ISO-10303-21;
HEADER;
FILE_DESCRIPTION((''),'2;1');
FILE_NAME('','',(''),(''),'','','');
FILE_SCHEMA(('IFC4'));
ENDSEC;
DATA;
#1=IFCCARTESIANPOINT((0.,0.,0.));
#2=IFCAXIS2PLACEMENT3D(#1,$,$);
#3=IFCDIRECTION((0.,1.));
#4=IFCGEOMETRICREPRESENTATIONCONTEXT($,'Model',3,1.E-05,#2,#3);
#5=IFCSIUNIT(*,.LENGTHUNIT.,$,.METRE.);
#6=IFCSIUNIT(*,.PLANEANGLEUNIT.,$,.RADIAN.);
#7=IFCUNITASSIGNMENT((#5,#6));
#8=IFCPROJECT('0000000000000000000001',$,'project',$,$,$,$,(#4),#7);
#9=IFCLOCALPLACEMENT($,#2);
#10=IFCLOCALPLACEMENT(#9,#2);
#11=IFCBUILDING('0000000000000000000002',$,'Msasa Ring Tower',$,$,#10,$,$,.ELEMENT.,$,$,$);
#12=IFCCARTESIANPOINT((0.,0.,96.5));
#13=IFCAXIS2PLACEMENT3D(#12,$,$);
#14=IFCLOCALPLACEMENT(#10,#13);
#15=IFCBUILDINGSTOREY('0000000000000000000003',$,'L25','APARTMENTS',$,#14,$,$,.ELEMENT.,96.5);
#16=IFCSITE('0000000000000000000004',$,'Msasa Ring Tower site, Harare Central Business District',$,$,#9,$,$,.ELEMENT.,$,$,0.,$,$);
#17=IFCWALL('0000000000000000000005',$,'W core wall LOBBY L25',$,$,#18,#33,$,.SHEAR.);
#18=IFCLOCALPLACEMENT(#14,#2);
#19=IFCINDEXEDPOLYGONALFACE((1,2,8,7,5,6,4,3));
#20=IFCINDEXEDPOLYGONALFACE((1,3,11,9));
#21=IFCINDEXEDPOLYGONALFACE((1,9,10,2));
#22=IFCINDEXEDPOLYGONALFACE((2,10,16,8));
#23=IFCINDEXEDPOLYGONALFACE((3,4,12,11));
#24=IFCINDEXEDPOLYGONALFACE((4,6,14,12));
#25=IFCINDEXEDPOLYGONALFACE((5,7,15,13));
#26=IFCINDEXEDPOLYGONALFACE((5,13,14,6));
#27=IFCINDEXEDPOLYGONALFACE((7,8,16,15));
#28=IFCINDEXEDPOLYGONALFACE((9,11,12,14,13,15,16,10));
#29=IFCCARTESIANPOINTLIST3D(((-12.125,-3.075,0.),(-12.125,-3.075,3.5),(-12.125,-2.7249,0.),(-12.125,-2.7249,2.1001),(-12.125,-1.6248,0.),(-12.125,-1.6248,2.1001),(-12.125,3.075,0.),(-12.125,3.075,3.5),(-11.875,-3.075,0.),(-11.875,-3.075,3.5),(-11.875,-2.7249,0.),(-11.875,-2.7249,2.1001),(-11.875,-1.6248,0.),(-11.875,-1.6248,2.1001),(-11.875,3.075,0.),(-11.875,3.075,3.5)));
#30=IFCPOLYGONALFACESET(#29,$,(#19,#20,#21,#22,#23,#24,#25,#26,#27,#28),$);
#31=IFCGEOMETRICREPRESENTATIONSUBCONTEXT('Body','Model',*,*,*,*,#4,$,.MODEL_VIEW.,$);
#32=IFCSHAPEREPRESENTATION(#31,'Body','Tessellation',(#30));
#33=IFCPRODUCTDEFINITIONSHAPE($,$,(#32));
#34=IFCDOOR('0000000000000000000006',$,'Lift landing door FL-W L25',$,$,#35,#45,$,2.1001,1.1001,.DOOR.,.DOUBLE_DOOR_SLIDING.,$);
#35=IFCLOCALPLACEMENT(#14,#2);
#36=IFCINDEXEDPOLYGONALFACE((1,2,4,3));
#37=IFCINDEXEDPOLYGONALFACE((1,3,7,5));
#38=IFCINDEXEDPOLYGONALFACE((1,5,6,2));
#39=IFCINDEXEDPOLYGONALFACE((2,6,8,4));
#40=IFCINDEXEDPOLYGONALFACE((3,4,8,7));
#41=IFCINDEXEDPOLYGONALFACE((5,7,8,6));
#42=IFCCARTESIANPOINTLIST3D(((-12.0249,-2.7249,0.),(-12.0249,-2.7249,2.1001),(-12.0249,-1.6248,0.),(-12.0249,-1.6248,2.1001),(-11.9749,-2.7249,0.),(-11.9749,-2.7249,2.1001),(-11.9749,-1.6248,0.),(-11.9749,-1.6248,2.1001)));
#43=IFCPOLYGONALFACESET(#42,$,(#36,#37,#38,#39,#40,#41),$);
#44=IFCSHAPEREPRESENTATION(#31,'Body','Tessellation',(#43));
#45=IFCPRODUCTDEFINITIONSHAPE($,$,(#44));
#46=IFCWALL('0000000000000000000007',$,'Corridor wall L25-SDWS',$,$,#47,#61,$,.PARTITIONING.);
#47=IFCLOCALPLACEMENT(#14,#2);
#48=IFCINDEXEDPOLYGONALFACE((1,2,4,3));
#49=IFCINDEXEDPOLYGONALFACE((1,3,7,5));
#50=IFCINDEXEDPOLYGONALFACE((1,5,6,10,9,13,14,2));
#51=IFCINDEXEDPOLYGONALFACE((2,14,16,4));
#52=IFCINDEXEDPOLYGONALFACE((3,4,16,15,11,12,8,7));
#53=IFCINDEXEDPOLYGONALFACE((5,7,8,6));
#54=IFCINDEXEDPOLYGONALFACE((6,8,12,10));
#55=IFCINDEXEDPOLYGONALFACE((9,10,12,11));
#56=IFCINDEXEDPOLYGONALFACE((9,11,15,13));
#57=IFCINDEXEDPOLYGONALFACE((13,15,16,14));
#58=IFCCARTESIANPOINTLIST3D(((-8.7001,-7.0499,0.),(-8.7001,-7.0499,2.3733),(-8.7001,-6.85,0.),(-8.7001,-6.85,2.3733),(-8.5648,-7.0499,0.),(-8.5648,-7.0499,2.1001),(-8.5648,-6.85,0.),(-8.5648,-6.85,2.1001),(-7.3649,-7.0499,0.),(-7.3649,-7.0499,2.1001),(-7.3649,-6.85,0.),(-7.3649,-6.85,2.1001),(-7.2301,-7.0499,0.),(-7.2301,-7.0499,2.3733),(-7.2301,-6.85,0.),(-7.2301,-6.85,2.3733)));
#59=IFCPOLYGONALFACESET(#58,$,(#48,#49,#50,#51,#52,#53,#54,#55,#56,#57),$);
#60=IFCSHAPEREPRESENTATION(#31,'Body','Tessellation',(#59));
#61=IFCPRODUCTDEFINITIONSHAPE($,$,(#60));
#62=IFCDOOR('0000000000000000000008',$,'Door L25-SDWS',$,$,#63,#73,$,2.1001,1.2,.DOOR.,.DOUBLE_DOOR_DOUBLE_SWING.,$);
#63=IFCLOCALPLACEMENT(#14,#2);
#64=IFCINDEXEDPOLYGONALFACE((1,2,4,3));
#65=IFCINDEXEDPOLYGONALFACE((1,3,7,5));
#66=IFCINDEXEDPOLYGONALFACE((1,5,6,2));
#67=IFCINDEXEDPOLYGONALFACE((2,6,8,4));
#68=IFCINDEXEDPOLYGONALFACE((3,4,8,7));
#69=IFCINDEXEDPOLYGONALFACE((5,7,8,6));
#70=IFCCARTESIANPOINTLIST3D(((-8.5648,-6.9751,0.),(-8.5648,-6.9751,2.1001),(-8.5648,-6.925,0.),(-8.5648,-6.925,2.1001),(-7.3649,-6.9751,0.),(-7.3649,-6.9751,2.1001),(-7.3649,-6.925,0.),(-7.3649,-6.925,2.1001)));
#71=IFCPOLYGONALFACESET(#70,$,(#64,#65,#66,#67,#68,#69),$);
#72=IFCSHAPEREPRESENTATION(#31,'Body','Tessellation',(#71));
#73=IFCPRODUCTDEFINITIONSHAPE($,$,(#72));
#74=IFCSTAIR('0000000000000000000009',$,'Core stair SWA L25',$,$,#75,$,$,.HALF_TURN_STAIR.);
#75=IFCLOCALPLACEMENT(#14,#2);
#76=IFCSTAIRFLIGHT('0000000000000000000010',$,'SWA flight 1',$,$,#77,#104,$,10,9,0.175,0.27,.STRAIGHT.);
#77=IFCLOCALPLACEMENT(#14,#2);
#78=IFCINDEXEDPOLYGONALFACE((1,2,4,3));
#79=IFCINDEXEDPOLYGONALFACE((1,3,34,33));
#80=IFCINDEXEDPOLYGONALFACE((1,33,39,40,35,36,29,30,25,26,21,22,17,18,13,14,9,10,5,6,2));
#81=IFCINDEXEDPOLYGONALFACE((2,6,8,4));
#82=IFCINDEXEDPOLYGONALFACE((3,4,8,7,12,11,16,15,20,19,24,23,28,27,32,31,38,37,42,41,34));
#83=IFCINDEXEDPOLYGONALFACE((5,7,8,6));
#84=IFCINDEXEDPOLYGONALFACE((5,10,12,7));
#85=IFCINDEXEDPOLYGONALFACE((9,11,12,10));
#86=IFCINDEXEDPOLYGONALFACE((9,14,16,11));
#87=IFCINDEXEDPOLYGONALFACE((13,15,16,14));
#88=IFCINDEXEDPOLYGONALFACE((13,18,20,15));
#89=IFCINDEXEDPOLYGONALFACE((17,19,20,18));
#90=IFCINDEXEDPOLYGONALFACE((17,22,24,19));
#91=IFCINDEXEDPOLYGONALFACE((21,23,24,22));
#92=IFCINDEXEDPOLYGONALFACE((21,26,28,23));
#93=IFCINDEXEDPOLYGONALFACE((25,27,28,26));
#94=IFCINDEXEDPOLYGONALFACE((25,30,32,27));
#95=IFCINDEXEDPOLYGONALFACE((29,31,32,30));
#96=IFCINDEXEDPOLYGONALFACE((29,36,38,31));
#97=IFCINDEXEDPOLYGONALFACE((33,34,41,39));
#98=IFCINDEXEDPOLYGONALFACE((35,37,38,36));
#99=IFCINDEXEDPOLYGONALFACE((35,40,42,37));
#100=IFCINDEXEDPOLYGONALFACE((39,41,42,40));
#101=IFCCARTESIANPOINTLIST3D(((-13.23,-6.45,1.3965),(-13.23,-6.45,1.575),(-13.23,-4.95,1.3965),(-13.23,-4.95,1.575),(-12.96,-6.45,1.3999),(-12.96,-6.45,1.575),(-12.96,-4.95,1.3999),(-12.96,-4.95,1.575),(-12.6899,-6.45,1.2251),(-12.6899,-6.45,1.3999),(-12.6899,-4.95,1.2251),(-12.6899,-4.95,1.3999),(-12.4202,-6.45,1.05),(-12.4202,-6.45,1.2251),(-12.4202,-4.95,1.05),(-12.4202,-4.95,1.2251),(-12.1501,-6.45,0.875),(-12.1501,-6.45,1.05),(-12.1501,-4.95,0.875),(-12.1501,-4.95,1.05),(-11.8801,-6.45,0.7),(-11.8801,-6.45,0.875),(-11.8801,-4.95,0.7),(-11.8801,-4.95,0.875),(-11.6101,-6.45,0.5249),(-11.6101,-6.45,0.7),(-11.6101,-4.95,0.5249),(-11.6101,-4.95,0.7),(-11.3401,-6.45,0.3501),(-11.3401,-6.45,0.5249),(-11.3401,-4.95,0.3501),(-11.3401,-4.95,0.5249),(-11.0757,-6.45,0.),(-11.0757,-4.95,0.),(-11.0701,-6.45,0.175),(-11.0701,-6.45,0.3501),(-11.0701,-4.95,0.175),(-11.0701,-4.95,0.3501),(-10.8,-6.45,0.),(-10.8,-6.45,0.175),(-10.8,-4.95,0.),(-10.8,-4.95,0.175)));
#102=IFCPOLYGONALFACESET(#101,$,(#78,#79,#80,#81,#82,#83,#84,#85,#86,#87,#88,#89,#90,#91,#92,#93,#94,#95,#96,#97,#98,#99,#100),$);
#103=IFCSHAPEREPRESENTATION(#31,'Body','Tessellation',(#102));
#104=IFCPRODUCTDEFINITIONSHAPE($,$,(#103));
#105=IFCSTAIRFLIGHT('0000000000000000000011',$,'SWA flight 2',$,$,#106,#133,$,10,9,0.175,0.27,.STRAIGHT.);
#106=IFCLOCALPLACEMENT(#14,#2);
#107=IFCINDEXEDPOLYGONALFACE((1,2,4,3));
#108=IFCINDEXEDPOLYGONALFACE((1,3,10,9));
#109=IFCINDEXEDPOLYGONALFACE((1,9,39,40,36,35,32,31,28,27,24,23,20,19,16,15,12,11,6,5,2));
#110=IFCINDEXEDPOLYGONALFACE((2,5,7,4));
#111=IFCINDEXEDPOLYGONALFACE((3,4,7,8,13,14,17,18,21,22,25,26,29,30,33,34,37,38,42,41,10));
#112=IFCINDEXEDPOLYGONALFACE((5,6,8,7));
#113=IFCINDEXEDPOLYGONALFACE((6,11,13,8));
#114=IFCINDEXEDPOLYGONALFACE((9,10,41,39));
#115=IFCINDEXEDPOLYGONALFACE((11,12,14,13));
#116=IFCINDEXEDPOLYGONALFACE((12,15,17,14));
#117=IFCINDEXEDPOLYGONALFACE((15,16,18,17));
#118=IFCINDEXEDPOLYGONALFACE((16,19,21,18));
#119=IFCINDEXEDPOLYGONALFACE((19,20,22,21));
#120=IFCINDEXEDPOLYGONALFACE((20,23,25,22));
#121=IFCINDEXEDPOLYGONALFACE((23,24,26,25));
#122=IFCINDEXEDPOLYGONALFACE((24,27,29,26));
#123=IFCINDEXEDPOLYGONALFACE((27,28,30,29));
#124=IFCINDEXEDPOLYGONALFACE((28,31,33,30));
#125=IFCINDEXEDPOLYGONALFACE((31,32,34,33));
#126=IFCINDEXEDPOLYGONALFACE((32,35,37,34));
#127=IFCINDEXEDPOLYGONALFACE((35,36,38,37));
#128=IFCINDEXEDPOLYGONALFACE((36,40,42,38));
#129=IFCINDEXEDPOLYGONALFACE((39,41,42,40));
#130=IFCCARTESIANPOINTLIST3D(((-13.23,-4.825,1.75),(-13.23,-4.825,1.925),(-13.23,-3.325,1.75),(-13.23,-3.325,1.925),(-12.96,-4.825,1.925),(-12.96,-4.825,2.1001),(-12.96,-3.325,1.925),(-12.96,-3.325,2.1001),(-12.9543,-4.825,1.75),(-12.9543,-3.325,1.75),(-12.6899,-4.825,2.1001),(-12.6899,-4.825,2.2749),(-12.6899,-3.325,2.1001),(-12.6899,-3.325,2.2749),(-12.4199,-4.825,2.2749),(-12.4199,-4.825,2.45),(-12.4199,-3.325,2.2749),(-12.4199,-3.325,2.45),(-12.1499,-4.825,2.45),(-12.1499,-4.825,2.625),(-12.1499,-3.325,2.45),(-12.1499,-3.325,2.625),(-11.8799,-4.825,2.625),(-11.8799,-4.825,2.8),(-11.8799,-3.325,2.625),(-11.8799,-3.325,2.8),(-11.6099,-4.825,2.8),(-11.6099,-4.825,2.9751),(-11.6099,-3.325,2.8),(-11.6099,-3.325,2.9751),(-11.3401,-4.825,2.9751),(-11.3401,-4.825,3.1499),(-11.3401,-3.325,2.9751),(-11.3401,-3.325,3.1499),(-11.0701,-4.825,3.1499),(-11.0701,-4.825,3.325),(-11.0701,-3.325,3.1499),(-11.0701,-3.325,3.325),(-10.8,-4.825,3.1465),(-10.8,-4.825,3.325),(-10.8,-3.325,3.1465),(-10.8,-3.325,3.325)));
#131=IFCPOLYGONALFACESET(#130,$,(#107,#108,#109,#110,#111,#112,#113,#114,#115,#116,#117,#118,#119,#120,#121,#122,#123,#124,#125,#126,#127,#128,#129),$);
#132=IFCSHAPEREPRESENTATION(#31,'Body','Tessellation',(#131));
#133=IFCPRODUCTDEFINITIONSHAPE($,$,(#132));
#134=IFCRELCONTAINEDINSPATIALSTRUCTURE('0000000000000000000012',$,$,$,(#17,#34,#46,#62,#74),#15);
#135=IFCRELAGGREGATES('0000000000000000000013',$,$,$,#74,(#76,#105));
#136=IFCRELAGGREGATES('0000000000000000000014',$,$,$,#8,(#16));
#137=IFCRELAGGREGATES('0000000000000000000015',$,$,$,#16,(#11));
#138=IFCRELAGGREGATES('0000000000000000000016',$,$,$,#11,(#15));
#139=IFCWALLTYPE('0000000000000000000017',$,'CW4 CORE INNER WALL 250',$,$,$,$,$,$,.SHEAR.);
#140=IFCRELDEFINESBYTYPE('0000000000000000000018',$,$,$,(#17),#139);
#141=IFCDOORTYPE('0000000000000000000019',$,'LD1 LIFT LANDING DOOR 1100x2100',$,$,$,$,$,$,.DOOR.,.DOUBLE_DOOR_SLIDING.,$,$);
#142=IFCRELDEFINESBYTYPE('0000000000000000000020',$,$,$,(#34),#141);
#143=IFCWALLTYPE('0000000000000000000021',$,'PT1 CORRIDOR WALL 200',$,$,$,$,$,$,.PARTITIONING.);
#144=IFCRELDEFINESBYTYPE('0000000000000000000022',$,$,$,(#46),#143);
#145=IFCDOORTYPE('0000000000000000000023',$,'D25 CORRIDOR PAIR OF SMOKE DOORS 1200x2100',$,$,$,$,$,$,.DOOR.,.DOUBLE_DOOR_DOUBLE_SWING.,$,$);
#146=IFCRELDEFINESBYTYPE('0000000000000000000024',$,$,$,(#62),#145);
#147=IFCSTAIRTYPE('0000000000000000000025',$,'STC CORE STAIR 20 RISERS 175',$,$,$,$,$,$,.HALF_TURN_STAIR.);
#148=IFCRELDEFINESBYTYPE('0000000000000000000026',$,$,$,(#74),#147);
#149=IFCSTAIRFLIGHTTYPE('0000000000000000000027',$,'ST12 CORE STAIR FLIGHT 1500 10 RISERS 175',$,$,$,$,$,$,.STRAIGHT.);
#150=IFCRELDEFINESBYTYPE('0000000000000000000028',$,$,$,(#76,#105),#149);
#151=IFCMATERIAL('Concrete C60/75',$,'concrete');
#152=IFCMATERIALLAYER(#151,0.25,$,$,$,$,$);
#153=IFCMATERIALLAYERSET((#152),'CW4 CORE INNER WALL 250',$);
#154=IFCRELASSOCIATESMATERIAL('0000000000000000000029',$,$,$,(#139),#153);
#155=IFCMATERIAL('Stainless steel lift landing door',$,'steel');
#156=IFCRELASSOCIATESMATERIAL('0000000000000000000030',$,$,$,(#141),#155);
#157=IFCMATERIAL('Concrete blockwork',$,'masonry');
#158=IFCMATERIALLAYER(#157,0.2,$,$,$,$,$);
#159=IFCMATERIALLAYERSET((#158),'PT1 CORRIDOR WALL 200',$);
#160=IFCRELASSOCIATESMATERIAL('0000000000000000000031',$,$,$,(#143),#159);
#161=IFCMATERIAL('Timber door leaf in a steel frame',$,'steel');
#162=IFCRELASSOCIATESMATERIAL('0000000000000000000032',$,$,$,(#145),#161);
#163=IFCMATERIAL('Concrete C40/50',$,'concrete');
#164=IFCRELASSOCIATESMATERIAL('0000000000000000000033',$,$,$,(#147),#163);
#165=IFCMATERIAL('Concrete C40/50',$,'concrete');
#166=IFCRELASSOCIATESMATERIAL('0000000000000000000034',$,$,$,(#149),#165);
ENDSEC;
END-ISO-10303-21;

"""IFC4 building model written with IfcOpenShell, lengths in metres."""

from ifc_helpers import new_model, si_unit, direction, frame, frame_2d, origin, place, context, subcontext, project, spatial, polyline, rectangle, outline, extrude, material, layer, layer_set, type_object, element, fill, aggregate, save


model = new_model("IFC4")

# Units and contexts
model_context = context("Model", 3, precision=1e-05, world=origin(), true_north=direction((0.0, 1.0)))
body_context = subcontext(model_context, "Body", "Model", "MODEL_VIEW")
ifc_project = project(units=[si_unit("LENGTHUNIT", "METRE"), si_unit("PLANEANGLEUNIT", "RADIAN")], contexts=[model_context])

# Site, building, storey
site_placement = place(None, origin())
site = spatial("IfcSite", under=ifc_project, at=site_placement, Name="Msasa Ring Tower site, Harare Central Business District", CompositionType="ELEMENT", RefElevation=0.0)
building_placement = place(site_placement, origin())
building = spatial("IfcBuilding", under=site, at=building_placement, Name="Msasa Ring Tower", CompositionType="ELEMENT")
storey_placement = place(building_placement, frame((0.0, 0.0, 96.5)))
storey = spatial("IfcBuildingStorey", under=building, at=storey_placement, Name="L25", Description="APARTMENTS", CompositionType="ELEMENT", Elevation=96.5)

# Walls, openings, doors
ifc_material_1 = material(Name="Concrete C60/75", Category="concrete")
ifc_layer_1 = layer(ifc_material_1, 0.25)
ifc_layer_set_1 = layer_set([ifc_layer_1], Name="CW4 CORE INNER WALL 250")
wall_type_1 = type_object("IfcWallType", Name="CW4 CORE INNER WALL 250", PredefinedType="SHEAR", material=ifc_layer_set_1)
wall_1_placement = place(storey_placement, frame((-12.0, -3.075, 0.0), z_axis=(0.0, 0.0, 1.0), x_axis=(0.0, 1.0, 0.0)))
wall_1 = element("IfcWall", 1, at=wall_1_placement, inside=storey, type_object=wall_type_1, Name="W core wall LOBBY L25", PredefinedType="SHEAR", context=body_context, shape_type="SweptSolid", body=[
    extrude(rectangle(XDim=6.1499, YDim=0.25, at=frame_2d((3.075, 0.0))), origin(), (0.0, 0.0, 1.0), 3.5),
])
opening_1_placement = place(wall_1_placement, frame((0.3501, 0.0, 0.0)))
opening_1 = element("IfcOpeningElement", 2, at=opening_1_placement, cuts=wall_1, PredefinedType="OPENING", context=body_context, shape_type="SweptSolid", body=[
    extrude(rectangle(XDim=1.1001, YDim=2.1001, at=frame_2d((0.55, 1.05))), frame((0.0, 0.135, 0.0), z_axis=(0.0, -1.0, 0.0), x_axis=(1.0, 0.0, 0.0)), (0.0, 0.0, 1.0), 0.27),
])
ifc_material_2 = material(Name="Stainless steel lift landing door", Category="steel")
door_type_1 = type_object("IfcDoorType", Name="LD1 LIFT LANDING DOOR 1100x2100", OperationType="DOUBLE_DOOR_SLIDING", PredefinedType="DOOR", material=ifc_material_2)
door_1_placement = place(opening_1_placement, origin())
door_1 = element("IfcDoor", 3, at=door_1_placement, inside=storey, type_object=door_type_1, Name="Lift landing door FL-W L25", OperationType="DOUBLE_DOOR_SLIDING", OverallHeight=2.1001, OverallWidth=1.1001, PredefinedType="DOOR", context=body_context, shape_type="SweptSolid", body=[
    extrude(rectangle(XDim=1.1001, YDim=2.1001, at=frame_2d((0.55, 1.05))), frame((0.0, 0.0249, 0.0), z_axis=(0.0, -1.0, 0.0), x_axis=(1.0, 0.0, 0.0)), (0.0, 0.0, 1.0), 0.05),
])
fill(opening_1, door_1)
ifc_material_3 = material(Name="Concrete blockwork", Category="masonry")
ifc_layer_2 = layer(ifc_material_3, 0.2)
ifc_layer_set_2 = layer_set([ifc_layer_2], Name="PT1 CORRIDOR WALL 200")
wall_type_2 = type_object("IfcWallType", Name="PT1 CORRIDOR WALL 200", PredefinedType="PARTITIONING", material=ifc_layer_set_2)
wall_2_placement = place(storey_placement, frame((-8.7, -6.95, 0.0), z_axis=(0.0, 0.0, 1.0), x_axis=(1.0, 0.0, 0.0)))
wall_2 = element("IfcWall", 4, at=wall_2_placement, inside=storey, type_object=wall_type_2, Name="Corridor wall L25-SDWS", PredefinedType="PARTITIONING", context=body_context, shape_type="SweptSolid", body=[
    extrude(rectangle(XDim=1.47, YDim=0.2, at=frame_2d((0.7349, 0.0))), origin(), (0.0, 0.0, 1.0), 2.3733),
])
opening_2_placement = place(wall_2_placement, frame((0.135, 0.0, 0.0)))
opening_2 = element("IfcOpeningElement", 5, at=opening_2_placement, cuts=wall_2, PredefinedType="OPENING", context=body_context, shape_type="SweptSolid", body=[
    extrude(rectangle(XDim=1.2, YDim=2.1001, at=frame_2d((0.6001, 1.05))), frame((0.0, 0.1099, 0.0), z_axis=(0.0, -1.0, 0.0), x_axis=(1.0, 0.0, 0.0)), (0.0, 0.0, 1.0), 0.22),
])
ifc_material_4 = material(Name="Timber door leaf in a steel frame", Category="steel")
door_type_2 = type_object("IfcDoorType", Name="D25 CORRIDOR PAIR OF SMOKE DOORS 1200x2100", OperationType="DOUBLE_DOOR_DOUBLE_SWING", PredefinedType="DOOR", material=ifc_material_4)
door_2_placement = place(opening_2_placement, origin())
door_2 = element("IfcDoor", 6, at=door_2_placement, inside=storey, type_object=door_type_2, Name="Door L25-SDWS", OperationType="DOUBLE_DOOR_DOUBLE_SWING", OverallHeight=2.1001, OverallWidth=1.2, PredefinedType="DOOR", context=body_context, shape_type="SweptSolid", body=[
    extrude(rectangle(XDim=1.2, YDim=2.1001, at=frame_2d((0.6001, 1.05))), frame((0.0, 0.0249, 0.0), z_axis=(0.0, -1.0, 0.0), x_axis=(1.0, 0.0, 0.0)), (0.0, 0.0, 1.0), 0.05),
])
fill(opening_2, door_2)

# Stair, stair flights
ifc_material_5 = material(Name="Concrete C40/50", Category="concrete")
stair_type = type_object("IfcStairType", Name="STC CORE STAIR 20 RISERS 175", PredefinedType="HALF_TURN_STAIR", material=ifc_material_5)
stair_placement = place(storey_placement, origin())
stair = element("IfcStair", 7, at=stair_placement, inside=storey, type_object=stair_type, Name="Core stair SWA L25", PredefinedType="HALF_TURN_STAIR")
ifc_material_6 = material(Name="Concrete C40/50", Category="concrete")
stair_flight_type = type_object("IfcStairFlightType", Name="ST12 CORE STAIR FLIGHT 1500 10 RISERS 175", PredefinedType="STRAIGHT", material=ifc_material_6)
stair_flight_1_placement = place(storey_placement, frame((-10.8, -5.7, 0.0), z_axis=(0.0, 0.0, 1.0), x_axis=(-1.0, 0.0, 0.0)))
stair_flight_1 = element("IfcStairFlight", 8, at=stair_flight_1_placement, type_object=stair_flight_type, Name="SWA flight 1", NumberOfRisers=10, NumberOfTreads=9, PredefinedType="STRAIGHT", RiserHeight=0.175, TreadLength=0.27, context=body_context, shape_type="SweptSolid", body=[
    extrude(outline(polyline([(0.0, 0.0), (0.0, 0.175), (0.27, 0.175), (0.27, 0.3501), (0.54, 0.3501), (0.54, 0.5249), (0.8101, 0.5249), (0.8101, 0.7), (1.0801, 0.7), (1.0801, 0.875), (1.3501, 0.875), (1.3501, 1.05), (1.6201, 1.05), (1.6201, 1.2251), (1.8899, 1.2251), (1.8899, 1.3999), (2.1599, 1.3999), (2.1599, 1.575), (2.4299, 1.575), (2.4299, 1.75), (2.4299, 1.3965), (0.2756, 0.0), (0.0, 0.0)])), frame((0.0, 0.75, 0.0), z_axis=(0.0, -1.0, 0.0), x_axis=(1.0, 0.0, 0.0)), (0.0, 0.0, 1.0), 1.5),
])
stair_flight_2_placement = place(storey_placement, frame((-13.23, -4.075, 1.75), z_axis=(0.0, 0.0, 1.0), x_axis=(1.0, 0.0, 0.0)))
stair_flight_2 = element("IfcStairFlight", 9, at=stair_flight_2_placement, type_object=stair_flight_type, Name="SWA flight 2", NumberOfRisers=10, NumberOfTreads=9, PredefinedType="STRAIGHT", RiserHeight=0.175, TreadLength=0.27, context=body_context, shape_type="SweptSolid", body=[
    extrude(outline(polyline([(0.0, 0.0), (0.0, 0.175), (0.27, 0.175), (0.27, 0.3501), (0.54, 0.3501), (0.54, 0.5249), (0.8101, 0.5249), (0.8101, 0.7), (1.0801, 0.7), (1.0801, 0.875), (1.3501, 0.875), (1.3501, 1.05), (1.6201, 1.05), (1.6201, 1.2251), (1.8899, 1.2251), (1.8899, 1.3999), (2.1599, 1.3999), (2.1599, 1.575), (2.4299, 1.575), (2.4299, 1.75), (2.4299, 1.3965), (0.2756, 0.0), (0.0, 0.0)])), frame((0.0, 0.75, 0.0), z_axis=(0.0, -1.0, 0.0), x_axis=(1.0, 0.0, 0.0)), (0.0, 0.0, 1.0), 1.5),
])
aggregate(stair, [stair_flight_1, stair_flight_2])

save(model, "model.ifc")
